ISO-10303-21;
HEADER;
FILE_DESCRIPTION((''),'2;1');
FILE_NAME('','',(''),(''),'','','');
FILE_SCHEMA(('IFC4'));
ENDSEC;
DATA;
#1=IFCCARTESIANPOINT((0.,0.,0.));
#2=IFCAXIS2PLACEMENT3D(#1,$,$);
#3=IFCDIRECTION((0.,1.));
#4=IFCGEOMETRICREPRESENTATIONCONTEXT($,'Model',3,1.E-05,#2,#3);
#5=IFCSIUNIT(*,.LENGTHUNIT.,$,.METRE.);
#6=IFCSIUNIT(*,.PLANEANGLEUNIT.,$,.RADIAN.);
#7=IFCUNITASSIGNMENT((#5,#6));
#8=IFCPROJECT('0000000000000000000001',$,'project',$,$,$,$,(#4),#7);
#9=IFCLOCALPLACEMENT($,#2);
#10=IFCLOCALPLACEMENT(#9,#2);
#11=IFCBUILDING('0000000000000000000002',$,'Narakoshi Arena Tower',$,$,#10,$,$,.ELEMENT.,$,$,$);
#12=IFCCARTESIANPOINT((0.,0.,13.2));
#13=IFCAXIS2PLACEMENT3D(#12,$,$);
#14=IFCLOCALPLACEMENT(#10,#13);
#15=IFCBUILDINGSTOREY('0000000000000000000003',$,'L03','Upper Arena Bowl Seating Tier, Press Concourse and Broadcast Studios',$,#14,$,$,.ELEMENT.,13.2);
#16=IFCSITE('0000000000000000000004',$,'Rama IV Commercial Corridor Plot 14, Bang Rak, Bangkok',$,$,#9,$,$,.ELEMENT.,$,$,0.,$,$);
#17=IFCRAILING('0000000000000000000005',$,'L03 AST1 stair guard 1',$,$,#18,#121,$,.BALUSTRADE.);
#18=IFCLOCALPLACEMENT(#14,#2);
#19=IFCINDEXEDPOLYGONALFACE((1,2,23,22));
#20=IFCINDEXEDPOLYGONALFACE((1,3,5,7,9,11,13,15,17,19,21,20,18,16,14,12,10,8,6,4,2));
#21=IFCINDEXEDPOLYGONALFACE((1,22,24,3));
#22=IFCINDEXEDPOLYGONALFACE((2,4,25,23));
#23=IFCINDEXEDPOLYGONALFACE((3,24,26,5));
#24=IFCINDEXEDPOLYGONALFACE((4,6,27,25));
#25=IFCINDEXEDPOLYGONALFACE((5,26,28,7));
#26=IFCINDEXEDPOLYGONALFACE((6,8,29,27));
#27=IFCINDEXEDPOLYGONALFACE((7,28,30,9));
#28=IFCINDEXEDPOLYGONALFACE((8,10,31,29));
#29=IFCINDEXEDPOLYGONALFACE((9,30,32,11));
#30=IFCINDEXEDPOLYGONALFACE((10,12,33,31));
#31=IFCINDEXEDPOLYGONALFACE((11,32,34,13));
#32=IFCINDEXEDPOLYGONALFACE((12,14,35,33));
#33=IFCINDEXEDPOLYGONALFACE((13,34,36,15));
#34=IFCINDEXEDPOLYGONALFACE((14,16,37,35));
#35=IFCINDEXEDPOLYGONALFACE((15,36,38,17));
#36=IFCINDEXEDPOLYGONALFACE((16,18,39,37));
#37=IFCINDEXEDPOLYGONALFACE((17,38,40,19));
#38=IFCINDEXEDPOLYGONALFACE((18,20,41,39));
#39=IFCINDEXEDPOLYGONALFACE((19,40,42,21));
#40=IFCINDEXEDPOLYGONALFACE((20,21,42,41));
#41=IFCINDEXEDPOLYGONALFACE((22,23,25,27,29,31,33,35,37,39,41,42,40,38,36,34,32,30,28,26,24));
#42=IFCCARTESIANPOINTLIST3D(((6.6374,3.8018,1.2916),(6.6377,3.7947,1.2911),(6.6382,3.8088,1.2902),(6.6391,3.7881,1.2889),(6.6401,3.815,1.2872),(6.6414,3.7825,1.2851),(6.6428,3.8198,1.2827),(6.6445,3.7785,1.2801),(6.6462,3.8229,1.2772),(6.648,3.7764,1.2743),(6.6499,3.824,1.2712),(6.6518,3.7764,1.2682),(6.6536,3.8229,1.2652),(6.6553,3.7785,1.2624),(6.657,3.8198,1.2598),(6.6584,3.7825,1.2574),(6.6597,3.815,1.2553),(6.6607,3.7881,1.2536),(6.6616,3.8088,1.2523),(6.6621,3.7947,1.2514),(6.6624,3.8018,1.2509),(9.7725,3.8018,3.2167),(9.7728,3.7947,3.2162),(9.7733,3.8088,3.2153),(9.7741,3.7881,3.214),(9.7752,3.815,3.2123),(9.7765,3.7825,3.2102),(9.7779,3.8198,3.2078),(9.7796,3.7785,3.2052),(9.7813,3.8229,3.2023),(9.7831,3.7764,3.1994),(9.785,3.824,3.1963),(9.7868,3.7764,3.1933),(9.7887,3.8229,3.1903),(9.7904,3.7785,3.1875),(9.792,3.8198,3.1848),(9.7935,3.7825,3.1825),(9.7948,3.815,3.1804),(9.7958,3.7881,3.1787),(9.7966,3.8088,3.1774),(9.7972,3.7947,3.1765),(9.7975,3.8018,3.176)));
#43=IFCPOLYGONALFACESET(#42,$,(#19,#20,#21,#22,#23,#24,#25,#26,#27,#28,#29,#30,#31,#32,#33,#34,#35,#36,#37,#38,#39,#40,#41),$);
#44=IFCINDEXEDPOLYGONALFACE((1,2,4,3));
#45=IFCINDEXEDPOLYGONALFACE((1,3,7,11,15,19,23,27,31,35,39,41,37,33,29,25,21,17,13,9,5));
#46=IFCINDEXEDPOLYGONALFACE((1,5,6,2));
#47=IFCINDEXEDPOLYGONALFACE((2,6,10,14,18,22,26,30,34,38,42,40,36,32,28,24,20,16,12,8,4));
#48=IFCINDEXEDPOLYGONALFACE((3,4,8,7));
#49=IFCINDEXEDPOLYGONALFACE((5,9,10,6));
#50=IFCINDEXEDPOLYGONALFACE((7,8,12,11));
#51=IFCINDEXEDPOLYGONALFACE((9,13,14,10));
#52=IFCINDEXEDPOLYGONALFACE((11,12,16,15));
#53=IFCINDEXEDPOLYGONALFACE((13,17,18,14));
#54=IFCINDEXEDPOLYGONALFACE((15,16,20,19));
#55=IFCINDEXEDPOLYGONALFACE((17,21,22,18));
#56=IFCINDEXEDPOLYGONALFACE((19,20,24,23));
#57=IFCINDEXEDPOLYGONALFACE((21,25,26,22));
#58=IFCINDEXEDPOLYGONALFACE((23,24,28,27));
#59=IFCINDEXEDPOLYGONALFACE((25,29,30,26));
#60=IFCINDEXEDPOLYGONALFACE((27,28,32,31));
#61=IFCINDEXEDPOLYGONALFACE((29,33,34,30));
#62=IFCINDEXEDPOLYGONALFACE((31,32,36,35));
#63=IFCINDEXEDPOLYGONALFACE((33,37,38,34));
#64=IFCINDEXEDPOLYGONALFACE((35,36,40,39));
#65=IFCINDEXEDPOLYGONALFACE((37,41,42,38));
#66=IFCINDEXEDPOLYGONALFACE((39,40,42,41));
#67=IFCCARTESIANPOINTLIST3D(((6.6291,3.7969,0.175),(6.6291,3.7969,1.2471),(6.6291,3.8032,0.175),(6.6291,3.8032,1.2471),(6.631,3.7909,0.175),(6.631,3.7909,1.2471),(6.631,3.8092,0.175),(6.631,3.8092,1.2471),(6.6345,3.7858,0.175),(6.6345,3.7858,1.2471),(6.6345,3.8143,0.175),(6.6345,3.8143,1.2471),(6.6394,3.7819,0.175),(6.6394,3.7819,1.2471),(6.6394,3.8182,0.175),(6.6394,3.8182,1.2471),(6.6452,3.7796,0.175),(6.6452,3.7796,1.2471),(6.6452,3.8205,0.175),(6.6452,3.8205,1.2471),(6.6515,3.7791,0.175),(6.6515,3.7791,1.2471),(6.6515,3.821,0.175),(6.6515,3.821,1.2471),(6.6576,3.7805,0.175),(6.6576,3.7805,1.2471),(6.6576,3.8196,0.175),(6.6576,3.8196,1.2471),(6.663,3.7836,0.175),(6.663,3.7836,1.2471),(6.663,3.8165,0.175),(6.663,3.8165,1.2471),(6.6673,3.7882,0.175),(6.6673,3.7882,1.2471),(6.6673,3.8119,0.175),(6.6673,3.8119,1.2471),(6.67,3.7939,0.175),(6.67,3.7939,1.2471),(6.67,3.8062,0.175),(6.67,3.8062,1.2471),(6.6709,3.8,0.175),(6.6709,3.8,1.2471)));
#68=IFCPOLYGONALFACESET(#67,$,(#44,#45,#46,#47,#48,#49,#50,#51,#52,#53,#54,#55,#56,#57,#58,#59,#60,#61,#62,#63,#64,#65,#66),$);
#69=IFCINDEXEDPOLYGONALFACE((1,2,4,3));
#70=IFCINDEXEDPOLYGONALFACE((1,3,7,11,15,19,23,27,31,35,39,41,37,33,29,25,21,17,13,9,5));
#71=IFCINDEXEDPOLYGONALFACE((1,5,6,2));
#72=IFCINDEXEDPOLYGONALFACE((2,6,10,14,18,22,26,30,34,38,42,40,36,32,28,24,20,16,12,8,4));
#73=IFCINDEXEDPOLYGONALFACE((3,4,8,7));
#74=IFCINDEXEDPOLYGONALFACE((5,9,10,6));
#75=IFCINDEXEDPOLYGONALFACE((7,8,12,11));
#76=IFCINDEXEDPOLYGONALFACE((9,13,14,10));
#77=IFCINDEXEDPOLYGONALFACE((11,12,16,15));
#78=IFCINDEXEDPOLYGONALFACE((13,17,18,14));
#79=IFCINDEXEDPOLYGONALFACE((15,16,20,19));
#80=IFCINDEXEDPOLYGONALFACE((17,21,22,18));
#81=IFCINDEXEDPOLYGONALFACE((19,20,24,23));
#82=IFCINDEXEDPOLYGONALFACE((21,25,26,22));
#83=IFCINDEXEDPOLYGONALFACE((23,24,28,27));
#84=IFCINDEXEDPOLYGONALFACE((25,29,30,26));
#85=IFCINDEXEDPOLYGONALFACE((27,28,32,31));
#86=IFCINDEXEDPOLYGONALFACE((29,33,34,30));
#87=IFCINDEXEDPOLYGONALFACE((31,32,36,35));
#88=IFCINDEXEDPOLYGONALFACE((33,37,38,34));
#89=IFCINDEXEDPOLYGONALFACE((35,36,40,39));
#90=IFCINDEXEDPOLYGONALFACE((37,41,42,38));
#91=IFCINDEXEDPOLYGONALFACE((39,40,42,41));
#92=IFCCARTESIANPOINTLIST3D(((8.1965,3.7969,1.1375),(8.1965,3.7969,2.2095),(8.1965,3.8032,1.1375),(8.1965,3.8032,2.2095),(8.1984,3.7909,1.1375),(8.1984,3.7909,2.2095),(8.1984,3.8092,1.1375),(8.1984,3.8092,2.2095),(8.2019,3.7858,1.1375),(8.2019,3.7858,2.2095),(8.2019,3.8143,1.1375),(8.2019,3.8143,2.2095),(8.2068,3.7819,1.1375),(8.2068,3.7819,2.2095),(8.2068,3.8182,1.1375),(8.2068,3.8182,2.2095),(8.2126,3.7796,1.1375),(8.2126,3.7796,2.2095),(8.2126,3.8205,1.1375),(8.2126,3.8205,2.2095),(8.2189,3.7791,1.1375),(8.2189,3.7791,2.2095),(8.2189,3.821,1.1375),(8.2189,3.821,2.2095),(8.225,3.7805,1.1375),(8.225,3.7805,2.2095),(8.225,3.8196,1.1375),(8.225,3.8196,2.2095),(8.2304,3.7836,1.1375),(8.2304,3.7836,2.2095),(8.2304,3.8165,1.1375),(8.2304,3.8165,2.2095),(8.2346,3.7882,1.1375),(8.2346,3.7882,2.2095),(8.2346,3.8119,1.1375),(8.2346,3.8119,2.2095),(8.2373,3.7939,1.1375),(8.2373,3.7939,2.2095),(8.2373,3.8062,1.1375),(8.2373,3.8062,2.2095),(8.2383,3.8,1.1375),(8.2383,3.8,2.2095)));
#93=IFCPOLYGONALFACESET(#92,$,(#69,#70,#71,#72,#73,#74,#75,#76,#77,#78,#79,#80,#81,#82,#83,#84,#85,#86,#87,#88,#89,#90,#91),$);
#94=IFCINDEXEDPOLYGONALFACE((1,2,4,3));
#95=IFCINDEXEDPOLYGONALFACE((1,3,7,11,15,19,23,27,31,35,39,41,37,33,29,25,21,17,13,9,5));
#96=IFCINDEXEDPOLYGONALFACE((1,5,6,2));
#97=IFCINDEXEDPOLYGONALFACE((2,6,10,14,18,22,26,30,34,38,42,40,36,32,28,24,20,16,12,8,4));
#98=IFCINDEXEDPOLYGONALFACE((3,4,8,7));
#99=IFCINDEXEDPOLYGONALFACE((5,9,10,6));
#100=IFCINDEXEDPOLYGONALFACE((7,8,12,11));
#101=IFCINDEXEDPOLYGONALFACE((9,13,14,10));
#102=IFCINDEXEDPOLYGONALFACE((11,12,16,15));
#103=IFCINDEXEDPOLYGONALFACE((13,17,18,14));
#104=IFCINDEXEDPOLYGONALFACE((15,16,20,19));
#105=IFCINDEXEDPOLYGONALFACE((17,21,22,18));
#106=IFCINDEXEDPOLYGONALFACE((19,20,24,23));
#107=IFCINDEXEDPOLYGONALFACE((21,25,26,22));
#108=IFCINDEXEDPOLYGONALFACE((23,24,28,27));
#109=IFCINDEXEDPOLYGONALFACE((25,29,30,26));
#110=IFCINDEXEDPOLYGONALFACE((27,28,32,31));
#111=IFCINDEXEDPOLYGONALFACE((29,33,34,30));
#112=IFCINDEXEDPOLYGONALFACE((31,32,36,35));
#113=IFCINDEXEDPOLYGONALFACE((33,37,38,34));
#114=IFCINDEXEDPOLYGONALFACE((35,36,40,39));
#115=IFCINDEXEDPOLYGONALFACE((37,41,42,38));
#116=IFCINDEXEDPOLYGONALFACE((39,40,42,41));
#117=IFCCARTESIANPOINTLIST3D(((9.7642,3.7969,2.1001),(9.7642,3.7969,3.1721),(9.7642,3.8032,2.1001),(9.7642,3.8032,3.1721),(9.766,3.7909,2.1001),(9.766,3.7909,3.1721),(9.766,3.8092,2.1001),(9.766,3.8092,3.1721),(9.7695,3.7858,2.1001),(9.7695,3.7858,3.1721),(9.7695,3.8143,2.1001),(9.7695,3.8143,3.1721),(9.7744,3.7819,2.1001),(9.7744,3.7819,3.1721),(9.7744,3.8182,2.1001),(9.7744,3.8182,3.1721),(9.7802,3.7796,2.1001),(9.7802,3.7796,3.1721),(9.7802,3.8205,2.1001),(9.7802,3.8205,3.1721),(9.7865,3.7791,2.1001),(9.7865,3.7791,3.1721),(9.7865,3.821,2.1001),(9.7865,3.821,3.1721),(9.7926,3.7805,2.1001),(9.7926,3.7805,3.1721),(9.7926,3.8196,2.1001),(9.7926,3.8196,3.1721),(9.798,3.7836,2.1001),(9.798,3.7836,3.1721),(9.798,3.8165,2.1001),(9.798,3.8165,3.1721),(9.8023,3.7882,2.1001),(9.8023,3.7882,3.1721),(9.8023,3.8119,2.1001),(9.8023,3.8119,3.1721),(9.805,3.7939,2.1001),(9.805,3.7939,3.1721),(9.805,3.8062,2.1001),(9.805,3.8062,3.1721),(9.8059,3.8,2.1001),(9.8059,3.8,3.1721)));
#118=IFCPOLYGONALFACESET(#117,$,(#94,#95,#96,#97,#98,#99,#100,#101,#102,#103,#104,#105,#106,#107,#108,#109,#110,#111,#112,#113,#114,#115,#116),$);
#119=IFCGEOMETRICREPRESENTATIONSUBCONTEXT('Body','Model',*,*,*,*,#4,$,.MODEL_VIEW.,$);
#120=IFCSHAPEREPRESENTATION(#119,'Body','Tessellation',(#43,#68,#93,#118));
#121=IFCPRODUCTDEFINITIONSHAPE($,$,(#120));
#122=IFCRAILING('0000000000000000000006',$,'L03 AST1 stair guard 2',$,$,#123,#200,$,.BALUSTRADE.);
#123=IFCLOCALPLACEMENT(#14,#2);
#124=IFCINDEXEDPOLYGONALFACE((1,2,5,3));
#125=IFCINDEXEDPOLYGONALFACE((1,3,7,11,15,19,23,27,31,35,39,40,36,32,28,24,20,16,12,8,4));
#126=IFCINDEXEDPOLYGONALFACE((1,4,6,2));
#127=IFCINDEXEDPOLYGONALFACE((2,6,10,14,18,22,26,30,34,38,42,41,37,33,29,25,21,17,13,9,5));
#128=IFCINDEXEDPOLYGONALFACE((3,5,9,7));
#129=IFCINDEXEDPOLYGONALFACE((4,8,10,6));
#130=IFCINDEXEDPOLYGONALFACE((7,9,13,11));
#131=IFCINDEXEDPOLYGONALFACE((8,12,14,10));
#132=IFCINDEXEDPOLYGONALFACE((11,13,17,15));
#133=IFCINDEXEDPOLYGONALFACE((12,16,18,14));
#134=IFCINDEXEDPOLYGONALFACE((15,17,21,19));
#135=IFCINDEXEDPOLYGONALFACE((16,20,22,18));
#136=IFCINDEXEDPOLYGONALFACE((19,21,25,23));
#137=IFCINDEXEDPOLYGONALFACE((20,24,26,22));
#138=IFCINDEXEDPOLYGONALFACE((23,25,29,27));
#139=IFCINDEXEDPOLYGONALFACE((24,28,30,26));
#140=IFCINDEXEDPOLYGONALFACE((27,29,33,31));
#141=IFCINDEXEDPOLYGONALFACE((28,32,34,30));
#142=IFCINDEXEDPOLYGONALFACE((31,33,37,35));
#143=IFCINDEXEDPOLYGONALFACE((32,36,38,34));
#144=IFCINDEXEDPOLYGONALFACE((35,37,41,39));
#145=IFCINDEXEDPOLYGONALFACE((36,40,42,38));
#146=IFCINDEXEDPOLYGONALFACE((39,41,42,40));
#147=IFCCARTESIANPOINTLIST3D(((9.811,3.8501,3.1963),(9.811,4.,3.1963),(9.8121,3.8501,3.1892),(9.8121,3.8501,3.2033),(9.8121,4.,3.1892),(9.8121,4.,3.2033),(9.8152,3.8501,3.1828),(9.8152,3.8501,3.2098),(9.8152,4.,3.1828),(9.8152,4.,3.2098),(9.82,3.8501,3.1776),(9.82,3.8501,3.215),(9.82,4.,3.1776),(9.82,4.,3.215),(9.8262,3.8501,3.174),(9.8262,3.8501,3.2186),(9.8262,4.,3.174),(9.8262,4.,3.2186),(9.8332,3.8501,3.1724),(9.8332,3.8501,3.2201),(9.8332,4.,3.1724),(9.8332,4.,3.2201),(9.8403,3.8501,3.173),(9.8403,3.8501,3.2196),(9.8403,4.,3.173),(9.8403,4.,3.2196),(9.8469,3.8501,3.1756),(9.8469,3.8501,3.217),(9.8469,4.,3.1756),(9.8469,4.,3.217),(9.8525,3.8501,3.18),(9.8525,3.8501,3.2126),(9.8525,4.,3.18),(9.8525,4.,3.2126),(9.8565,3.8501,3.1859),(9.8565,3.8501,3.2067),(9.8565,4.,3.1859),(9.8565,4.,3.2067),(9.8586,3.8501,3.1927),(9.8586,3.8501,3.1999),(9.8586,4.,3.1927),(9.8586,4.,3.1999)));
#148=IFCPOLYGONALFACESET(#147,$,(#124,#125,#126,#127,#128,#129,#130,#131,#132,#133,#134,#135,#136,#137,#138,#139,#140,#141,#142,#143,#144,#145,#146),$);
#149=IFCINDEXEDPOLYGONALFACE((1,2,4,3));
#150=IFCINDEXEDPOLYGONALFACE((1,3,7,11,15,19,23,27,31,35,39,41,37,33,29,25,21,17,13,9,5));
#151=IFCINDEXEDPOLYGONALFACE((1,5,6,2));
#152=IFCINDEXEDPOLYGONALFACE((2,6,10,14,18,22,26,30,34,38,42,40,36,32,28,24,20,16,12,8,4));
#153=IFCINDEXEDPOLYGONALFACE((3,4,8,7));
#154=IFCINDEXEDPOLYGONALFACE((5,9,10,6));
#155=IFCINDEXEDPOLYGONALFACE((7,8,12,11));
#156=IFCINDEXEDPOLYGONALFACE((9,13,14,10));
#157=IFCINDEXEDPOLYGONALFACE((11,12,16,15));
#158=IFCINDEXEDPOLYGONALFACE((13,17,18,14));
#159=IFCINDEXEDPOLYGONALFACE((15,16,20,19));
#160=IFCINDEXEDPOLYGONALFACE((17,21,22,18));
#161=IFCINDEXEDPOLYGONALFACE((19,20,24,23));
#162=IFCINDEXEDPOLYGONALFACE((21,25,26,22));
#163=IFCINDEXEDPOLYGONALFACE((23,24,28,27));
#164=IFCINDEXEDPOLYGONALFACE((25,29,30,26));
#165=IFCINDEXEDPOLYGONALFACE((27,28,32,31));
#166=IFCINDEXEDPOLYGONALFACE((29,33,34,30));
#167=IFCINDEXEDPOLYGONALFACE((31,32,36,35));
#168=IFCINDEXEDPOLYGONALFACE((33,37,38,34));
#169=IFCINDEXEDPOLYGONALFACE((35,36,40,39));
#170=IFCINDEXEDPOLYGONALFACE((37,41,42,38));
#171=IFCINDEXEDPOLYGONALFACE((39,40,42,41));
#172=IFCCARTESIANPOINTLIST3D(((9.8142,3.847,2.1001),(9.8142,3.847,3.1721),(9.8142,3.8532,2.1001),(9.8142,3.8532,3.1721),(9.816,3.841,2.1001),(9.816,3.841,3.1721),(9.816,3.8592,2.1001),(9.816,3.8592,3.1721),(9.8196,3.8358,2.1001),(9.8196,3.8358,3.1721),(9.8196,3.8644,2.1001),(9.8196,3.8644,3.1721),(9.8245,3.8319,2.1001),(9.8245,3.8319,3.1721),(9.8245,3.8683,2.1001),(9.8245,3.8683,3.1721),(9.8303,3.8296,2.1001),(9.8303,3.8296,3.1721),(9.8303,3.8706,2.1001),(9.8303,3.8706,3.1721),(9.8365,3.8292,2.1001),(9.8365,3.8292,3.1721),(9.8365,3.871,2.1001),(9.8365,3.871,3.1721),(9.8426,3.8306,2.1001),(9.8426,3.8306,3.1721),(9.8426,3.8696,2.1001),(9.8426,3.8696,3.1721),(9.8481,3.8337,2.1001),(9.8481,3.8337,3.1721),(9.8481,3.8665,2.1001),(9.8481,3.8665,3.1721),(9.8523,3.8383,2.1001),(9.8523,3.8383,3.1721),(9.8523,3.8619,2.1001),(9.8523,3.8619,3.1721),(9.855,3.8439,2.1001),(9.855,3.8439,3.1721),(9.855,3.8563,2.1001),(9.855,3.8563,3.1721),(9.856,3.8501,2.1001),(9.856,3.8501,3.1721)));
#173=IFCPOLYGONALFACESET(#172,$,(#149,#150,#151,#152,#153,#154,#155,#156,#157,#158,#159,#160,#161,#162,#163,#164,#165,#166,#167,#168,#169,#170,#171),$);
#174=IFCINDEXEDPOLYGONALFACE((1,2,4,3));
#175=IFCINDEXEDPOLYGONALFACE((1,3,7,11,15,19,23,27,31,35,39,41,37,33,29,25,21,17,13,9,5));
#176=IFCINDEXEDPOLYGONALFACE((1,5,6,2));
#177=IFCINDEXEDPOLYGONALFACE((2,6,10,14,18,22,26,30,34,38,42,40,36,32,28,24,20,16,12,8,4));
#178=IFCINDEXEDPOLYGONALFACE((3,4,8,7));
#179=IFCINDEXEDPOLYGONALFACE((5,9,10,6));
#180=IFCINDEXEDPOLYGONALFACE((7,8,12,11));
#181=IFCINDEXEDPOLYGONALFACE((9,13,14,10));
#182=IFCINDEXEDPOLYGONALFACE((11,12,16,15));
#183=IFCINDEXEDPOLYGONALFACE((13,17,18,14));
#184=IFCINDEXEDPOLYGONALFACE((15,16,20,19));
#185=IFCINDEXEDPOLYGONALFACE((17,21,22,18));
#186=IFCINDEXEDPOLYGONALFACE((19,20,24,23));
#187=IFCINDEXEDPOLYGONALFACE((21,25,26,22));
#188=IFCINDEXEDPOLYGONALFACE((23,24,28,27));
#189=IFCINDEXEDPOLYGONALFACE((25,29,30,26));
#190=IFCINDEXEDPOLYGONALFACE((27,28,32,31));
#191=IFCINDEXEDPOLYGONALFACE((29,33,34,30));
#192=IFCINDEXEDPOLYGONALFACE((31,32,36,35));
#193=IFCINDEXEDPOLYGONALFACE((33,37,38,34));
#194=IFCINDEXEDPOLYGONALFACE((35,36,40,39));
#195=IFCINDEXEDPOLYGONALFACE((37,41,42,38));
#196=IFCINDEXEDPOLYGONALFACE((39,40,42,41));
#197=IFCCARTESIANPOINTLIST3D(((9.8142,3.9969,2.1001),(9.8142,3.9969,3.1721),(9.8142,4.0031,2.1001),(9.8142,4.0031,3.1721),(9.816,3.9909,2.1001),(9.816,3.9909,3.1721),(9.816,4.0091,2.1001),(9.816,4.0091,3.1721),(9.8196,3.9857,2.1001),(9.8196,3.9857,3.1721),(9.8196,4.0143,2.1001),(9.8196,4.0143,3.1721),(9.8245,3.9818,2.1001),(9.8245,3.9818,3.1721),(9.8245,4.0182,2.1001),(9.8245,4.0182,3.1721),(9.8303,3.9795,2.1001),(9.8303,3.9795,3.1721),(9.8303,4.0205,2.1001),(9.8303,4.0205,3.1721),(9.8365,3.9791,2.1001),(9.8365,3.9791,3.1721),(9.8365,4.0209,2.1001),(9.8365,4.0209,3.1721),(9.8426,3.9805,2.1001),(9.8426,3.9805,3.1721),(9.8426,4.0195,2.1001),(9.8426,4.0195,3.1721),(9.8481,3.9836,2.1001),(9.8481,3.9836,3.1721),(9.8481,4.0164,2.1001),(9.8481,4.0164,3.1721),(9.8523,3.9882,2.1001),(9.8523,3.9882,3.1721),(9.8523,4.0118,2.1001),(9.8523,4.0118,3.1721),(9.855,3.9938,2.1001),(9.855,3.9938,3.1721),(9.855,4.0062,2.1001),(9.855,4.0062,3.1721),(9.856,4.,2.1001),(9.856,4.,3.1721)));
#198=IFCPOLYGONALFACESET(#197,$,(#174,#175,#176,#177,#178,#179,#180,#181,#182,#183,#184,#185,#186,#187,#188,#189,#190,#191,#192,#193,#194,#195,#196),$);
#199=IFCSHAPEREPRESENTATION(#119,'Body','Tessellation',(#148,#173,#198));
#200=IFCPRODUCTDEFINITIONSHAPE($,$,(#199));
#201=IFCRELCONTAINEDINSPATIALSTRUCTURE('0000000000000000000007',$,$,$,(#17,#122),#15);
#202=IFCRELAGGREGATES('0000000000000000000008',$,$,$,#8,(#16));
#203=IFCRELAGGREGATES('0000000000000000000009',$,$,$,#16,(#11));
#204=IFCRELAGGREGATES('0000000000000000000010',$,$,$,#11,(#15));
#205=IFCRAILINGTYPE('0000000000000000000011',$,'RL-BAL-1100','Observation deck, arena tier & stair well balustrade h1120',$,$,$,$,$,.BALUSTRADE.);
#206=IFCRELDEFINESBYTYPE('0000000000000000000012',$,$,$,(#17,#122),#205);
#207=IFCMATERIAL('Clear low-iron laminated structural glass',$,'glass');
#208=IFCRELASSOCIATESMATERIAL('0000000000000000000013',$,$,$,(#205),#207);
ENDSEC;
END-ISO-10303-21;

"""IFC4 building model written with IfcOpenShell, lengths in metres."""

from ifc_helpers import new_model, si_unit, direction, frame, origin, origin_2d, place, context, subcontext, project, spatial, circle, extrude, material, type_object, element, save


model = new_model("IFC4")

# Units and contexts
model_context = context("Model", 3, precision=1e-05, world=origin(), true_north=direction((0.0, 1.0)))
body_context = subcontext(model_context, "Body", "Model", "MODEL_VIEW")
ifc_project = project(units=[si_unit("LENGTHUNIT", "METRE"), si_unit("PLANEANGLEUNIT", "RADIAN")], contexts=[model_context])

# Site, building, storey
site_placement = place(None, origin())
site = spatial("IfcSite", under=ifc_project, at=site_placement, Name="Rama IV Commercial Corridor Plot 14, Bang Rak, Bangkok", CompositionType="ELEMENT", RefElevation=0.0)
building_placement = place(site_placement, origin())
building = spatial("IfcBuilding", under=site, at=building_placement, Name="Narakoshi Arena Tower", CompositionType="ELEMENT")
storey_placement = place(building_placement, frame((0.0, 0.0, 13.2)))
storey = spatial("IfcBuildingStorey", under=building, at=storey_placement, Name="L03", Description="Upper Arena Bowl Seating Tier, Press Concourse and Broadcast Studios", CompositionType="ELEMENT", Elevation=13.2)

# Railings
ifc_material_1 = material(Name="Clear low-iron laminated structural glass", Category="glass")
railing_type_1 = type_object("IfcRailingType", Name="RL-BAL-1100", Description="Observation deck, arena tier & stair well balustrade h1120", PredefinedType="BALUSTRADE", material=ifc_material_1)
railing_1_placement = place(storey_placement, frame((6.6499, 3.8, 0.175)))
element("IfcRailing", 1, at=railing_1_placement, inside=storey, type_object=railing_type_1, Name="L03 AST1 stair guard 1", PredefinedType="BALUSTRADE", context=body_context, shape_type="SweptSolid", body=[
    extrude(circle(Radius=0.0239, at=origin_2d()), frame((0.0, 0.0, 1.0962), z_axis=(0.852166, 0.0, 0.523271), x_axis=(0.0, 1.0, 0.0)), (0.0, 0.0, 1.0), 3.679),
    extrude(circle(Radius=0.021, at=origin_2d()), origin(), (0.0, 0.0, 1.0), 1.072),
    extrude(circle(Radius=0.021, at=origin_2d()), frame((1.5674, 0.0, 0.9624)), (0.0, 0.0, 1.0), 1.072),
    extrude(circle(Radius=0.021, at=origin_2d()), frame((3.135, 0.0, 1.925)), (0.0, 0.0, 1.0), 1.072),
])
railing_2_placement = place(storey_placement, frame((9.835, 3.8501, 2.1001)))
element("IfcRailing", 2, at=railing_2_placement, inside=storey, type_object=railing_type_1, Name="L03 AST1 stair guard 2", PredefinedType="BALUSTRADE", context=body_context, shape_type="SweptSolid", body=[
    extrude(circle(Radius=0.0239, at=origin_2d()), frame((0.0, 0.0, 1.0962), z_axis=(0.0, 1.0, 0.0), x_axis=(-1.0, 0.0, 0.0)), (0.0, 0.0, 1.0), 0.1499),
    extrude(circle(Radius=0.021, at=origin_2d()), origin(), (0.0, 0.0, 1.0), 1.072),
    extrude(circle(Radius=0.021, at=origin_2d()), frame((0.0, 0.1499, 0.0)), (0.0, 0.0, 1.0), 1.072),
])

save(model, "model.ifc")
